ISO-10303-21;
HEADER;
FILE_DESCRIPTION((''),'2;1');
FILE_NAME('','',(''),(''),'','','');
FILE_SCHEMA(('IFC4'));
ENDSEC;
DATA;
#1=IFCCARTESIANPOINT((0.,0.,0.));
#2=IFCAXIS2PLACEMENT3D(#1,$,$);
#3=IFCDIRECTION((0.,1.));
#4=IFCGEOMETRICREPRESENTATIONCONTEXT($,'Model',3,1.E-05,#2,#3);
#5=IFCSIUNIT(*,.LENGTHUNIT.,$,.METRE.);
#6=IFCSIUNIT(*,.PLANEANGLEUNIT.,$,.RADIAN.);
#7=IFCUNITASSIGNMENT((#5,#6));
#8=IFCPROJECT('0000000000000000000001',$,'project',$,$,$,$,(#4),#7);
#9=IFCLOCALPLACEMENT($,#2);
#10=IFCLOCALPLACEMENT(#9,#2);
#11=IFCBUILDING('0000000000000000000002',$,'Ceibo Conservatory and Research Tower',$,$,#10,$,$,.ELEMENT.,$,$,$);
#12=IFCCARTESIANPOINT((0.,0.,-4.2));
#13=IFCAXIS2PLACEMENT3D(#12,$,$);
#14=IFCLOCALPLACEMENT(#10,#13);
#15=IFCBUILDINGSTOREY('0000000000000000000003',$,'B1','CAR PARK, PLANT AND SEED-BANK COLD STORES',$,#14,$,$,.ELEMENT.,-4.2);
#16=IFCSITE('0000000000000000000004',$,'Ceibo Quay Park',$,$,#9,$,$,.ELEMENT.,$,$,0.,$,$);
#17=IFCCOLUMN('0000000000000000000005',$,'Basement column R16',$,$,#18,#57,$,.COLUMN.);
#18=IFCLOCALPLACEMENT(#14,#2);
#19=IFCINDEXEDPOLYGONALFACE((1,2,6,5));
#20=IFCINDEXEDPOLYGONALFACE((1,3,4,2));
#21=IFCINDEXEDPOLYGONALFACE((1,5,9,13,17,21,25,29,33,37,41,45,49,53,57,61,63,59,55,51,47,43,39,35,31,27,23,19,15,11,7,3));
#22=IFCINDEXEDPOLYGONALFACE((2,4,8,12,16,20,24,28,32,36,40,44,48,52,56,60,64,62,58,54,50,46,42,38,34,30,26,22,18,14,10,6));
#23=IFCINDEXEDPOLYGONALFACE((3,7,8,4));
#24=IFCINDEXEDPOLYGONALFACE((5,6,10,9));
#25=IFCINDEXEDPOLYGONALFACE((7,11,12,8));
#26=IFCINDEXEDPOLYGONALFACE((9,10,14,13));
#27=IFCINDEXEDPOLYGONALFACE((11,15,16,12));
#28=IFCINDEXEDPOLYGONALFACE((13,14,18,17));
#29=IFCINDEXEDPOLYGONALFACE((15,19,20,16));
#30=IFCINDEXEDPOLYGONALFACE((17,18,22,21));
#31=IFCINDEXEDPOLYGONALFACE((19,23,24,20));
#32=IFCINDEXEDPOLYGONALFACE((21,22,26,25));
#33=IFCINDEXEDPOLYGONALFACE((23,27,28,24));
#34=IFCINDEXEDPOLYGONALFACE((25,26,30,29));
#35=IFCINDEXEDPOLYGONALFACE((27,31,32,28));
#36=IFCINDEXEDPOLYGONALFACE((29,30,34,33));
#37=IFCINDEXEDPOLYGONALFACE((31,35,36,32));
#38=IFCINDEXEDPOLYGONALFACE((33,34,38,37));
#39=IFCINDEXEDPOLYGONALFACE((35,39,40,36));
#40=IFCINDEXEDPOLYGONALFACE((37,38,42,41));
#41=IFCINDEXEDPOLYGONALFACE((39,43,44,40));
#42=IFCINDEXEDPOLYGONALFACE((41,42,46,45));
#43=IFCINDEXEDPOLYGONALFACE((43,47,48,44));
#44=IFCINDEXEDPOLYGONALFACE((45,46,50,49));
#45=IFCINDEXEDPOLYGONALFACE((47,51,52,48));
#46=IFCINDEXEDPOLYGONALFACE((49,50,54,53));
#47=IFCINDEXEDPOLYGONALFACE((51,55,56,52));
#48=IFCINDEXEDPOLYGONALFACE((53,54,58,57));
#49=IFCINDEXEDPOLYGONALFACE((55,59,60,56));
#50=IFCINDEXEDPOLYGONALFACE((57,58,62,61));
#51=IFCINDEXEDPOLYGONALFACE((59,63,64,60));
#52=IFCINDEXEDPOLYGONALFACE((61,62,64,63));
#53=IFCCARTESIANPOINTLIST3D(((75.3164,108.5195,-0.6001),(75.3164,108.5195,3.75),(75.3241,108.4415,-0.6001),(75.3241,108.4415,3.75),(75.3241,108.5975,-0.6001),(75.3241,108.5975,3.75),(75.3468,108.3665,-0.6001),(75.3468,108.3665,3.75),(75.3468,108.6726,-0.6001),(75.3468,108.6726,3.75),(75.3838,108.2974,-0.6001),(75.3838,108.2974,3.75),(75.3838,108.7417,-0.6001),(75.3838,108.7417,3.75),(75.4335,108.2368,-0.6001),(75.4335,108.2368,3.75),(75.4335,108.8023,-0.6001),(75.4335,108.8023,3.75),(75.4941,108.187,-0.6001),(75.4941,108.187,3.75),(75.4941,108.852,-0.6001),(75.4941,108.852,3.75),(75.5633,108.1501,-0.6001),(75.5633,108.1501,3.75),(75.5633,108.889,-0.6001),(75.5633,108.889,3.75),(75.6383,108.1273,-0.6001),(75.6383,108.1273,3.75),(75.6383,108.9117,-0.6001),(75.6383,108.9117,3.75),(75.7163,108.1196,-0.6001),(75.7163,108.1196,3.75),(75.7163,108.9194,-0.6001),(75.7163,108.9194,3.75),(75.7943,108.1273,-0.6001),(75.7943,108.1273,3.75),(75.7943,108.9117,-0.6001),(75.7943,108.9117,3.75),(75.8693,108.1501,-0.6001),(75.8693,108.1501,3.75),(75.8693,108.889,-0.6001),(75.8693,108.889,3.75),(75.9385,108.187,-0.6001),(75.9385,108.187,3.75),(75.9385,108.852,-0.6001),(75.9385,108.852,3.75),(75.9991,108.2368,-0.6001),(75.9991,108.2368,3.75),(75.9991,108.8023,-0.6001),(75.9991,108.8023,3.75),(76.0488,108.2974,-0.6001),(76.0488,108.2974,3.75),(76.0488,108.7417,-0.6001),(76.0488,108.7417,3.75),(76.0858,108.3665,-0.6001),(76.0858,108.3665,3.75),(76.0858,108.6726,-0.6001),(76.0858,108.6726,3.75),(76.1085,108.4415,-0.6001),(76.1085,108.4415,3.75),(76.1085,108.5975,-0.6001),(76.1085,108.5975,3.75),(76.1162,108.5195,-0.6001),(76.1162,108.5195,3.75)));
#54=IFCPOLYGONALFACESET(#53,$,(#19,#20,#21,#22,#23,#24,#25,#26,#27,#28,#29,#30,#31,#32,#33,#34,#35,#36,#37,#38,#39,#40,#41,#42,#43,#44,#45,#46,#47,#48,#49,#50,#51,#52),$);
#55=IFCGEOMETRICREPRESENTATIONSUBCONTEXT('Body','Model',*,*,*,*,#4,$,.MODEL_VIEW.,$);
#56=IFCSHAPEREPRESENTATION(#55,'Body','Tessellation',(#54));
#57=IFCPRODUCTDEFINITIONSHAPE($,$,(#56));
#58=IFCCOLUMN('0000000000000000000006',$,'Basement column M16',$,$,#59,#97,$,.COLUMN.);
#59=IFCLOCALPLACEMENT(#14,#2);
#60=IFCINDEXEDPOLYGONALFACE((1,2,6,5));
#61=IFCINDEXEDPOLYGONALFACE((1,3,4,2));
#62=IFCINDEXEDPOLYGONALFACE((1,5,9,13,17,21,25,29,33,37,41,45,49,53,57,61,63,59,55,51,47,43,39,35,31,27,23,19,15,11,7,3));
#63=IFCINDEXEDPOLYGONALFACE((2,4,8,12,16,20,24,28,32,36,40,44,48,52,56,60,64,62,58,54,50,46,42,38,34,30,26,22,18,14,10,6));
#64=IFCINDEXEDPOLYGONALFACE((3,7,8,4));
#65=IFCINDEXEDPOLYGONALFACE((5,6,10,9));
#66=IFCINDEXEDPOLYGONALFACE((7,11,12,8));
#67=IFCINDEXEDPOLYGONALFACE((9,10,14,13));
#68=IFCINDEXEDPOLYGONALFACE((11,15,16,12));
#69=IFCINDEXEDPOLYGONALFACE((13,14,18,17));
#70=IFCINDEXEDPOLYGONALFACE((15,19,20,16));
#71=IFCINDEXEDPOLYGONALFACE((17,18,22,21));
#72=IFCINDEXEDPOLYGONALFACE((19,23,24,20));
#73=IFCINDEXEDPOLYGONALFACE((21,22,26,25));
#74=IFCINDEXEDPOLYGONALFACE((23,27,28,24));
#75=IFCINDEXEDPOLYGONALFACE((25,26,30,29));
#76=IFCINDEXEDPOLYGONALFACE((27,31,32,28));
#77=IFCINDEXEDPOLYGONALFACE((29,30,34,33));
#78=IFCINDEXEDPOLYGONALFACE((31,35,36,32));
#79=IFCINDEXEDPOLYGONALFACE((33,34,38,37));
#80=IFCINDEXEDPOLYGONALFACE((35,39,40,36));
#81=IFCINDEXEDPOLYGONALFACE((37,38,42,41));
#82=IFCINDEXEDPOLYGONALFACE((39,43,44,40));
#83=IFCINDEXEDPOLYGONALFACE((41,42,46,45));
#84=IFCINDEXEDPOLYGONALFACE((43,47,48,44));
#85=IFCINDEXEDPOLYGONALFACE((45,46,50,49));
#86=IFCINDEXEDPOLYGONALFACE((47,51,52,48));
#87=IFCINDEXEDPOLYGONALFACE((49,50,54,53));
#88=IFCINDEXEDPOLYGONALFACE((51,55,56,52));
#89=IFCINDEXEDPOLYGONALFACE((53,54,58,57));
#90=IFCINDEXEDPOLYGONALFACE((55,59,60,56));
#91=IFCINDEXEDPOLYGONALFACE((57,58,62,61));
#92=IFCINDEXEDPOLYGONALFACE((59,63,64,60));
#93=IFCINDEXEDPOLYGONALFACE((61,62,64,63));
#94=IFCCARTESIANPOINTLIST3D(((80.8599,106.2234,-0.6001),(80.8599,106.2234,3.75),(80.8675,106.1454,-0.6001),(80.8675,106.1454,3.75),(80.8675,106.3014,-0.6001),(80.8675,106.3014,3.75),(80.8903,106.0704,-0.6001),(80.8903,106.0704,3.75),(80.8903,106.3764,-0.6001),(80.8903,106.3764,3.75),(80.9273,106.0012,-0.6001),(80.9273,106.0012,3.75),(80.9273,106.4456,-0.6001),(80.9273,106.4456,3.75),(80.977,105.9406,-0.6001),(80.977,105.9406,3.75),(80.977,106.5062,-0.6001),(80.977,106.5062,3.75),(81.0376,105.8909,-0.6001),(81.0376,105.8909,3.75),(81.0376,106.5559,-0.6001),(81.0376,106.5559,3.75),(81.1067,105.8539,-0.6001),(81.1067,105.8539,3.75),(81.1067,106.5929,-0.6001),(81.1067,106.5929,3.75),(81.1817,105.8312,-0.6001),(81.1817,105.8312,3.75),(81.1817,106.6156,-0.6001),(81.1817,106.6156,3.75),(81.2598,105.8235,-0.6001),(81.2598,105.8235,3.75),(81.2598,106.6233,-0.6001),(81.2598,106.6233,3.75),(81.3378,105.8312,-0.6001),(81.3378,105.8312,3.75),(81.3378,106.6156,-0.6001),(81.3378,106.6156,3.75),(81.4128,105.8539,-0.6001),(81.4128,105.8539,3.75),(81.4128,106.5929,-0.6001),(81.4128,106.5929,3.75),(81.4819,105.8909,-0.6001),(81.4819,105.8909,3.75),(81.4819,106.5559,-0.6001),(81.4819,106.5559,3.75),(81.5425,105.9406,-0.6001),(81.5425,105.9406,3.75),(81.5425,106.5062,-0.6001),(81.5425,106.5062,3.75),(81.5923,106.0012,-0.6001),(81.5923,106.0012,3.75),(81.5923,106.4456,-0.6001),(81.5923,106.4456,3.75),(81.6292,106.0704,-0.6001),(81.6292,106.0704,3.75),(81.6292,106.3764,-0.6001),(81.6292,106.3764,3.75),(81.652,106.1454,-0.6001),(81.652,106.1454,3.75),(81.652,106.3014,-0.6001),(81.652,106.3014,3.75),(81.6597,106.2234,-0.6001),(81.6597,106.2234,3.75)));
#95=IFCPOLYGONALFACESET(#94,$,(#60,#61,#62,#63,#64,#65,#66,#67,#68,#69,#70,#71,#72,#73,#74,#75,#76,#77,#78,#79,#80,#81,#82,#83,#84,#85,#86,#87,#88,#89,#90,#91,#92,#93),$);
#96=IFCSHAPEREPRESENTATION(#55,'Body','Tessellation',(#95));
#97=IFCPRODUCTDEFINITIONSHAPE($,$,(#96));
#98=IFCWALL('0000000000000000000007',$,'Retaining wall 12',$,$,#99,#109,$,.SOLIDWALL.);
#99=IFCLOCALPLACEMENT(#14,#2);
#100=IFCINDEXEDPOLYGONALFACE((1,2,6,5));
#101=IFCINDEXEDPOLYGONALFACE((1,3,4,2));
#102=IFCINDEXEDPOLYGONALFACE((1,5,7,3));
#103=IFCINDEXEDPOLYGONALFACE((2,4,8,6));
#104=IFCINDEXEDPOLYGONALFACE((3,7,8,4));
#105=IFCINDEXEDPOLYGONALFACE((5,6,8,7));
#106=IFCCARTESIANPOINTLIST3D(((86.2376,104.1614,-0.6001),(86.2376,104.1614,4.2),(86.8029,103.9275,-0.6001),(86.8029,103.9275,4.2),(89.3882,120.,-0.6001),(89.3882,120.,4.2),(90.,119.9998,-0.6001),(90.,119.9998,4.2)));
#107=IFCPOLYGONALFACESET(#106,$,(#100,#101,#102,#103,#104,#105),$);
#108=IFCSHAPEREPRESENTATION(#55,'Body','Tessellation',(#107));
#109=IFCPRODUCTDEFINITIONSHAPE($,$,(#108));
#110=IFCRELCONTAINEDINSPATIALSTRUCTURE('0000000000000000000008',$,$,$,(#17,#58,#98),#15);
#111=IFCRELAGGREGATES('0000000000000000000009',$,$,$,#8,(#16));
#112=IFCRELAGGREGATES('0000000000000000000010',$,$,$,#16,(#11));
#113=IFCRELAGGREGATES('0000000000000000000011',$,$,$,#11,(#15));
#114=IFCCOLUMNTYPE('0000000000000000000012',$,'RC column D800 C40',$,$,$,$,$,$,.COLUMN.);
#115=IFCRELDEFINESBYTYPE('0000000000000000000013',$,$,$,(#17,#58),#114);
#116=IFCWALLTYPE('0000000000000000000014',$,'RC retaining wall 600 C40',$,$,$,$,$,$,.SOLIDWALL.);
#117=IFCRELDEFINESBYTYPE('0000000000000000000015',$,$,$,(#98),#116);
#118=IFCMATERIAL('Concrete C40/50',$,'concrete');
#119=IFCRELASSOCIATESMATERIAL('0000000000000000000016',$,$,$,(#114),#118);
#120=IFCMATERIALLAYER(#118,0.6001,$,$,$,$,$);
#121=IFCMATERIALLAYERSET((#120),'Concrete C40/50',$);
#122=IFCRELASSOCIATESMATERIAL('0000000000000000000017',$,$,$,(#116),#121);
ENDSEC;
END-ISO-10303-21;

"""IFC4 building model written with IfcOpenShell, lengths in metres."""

from ifc_helpers import new_model, si_unit, direction, frame, origin, origin_2d, place, context, subcontext, project, spatial, polyline, circle, outline, extrude, material, layer, layer_set, material_profile, profile_set, type_object, element, save


model = new_model("IFC4")

# Units and contexts
model_context = context("Model", 3, precision=1e-05, world=origin(), true_north=direction((0.0, 1.0)))
body_context = subcontext(model_context, "Body", "Model", "MODEL_VIEW")
ifc_project = project(units=[si_unit("LENGTHUNIT", "METRE"), si_unit("PLANEANGLEUNIT", "RADIAN")], contexts=[model_context])

# Site, building, storey
site_placement = place(None, origin())
site = spatial("IfcSite", under=ifc_project, at=site_placement, Name="Ceibo Quay Park", CompositionType="ELEMENT", RefElevation=0.0)
building_placement = place(site_placement, origin())
building = spatial("IfcBuilding", under=site, at=building_placement, Name="Ceibo Conservatory and Research Tower", CompositionType="ELEMENT")
storey_placement = place(building_placement, frame((0.0, 0.0, -4.2)))
storey = spatial("IfcBuildingStorey", under=building, at=storey_placement, Name="B1", Description="CAR PARK, PLANT AND SEED-BANK COLD STORES", CompositionType="ELEMENT", Elevation=-4.2)

# Shared definitions
ifc_material_1 = material(Name="Concrete C40/50", Category="concrete")

# Columns
ifc_material_profile_1 = material_profile(ifc_material_1, circle(Radius=0.3999, at=origin_2d()), Name="RC D800")
ifc_profile_set_1 = profile_set([ifc_material_profile_1], Name="Concrete C40/50")
column_type = type_object("IfcColumnType", Name="RC column D800 C40", PredefinedType="COLUMN", material=ifc_profile_set_1)
for number, where, z_axis, x_axis, name in (
    (1, (75.7163, 108.5195, -0.6001), (0.0, 0.0, 1.0), (1.0, 0.0, 0.0), "Basement column R16"),
    (2, (81.2598, 106.2234, -0.6001), (0.0, 0.0, 1.0), (1.0, 0.0, 0.0), "Basement column M16"),
):
    element("IfcColumn", number, at=place(storey_placement, frame(where, z_axis=z_axis, x_axis=x_axis)), inside=storey, type_object=column_type, Name=name, PredefinedType="COLUMN", context=body_context, shape_type="SweptSolid", body=[
        extrude(circle(Radius=0.3999, at=origin_2d()), origin(), (0.0, 0.0, 1.0), 4.3501),
    ])

# Wall
ifc_layer_1 = layer(ifc_material_1, 0.6001)
ifc_layer_set_1 = layer_set([ifc_layer_1], Name="Concrete C40/50")
wall_type = type_object("IfcWallType", Name="RC retaining wall 600 C40", PredefinedType="SOLIDWALL", material=ifc_layer_set_1)
wall_placement = place(storey_placement, frame((86.5203, 104.0444, -0.6001), z_axis=(0.0, 0.0, 1.0), x_axis=(0.195094, 0.980784, 0.0)))
element("IfcWall", 3, at=wall_placement, inside=storey, type_object=wall_type, Name="Retaining wall 12", PredefinedType="SOLIDWALL", context=body_context, shape_type="SweptSolid", body=[
    extrude(outline(polyline([(-0.0596, -0.3), (16.3276, -0.3), (16.2085, 0.3), (0.0596, 0.3), (-0.0596, -0.3)])), origin(), (0.0, 0.0, 1.0), 4.8),
])

save(model, "model.ifc")
